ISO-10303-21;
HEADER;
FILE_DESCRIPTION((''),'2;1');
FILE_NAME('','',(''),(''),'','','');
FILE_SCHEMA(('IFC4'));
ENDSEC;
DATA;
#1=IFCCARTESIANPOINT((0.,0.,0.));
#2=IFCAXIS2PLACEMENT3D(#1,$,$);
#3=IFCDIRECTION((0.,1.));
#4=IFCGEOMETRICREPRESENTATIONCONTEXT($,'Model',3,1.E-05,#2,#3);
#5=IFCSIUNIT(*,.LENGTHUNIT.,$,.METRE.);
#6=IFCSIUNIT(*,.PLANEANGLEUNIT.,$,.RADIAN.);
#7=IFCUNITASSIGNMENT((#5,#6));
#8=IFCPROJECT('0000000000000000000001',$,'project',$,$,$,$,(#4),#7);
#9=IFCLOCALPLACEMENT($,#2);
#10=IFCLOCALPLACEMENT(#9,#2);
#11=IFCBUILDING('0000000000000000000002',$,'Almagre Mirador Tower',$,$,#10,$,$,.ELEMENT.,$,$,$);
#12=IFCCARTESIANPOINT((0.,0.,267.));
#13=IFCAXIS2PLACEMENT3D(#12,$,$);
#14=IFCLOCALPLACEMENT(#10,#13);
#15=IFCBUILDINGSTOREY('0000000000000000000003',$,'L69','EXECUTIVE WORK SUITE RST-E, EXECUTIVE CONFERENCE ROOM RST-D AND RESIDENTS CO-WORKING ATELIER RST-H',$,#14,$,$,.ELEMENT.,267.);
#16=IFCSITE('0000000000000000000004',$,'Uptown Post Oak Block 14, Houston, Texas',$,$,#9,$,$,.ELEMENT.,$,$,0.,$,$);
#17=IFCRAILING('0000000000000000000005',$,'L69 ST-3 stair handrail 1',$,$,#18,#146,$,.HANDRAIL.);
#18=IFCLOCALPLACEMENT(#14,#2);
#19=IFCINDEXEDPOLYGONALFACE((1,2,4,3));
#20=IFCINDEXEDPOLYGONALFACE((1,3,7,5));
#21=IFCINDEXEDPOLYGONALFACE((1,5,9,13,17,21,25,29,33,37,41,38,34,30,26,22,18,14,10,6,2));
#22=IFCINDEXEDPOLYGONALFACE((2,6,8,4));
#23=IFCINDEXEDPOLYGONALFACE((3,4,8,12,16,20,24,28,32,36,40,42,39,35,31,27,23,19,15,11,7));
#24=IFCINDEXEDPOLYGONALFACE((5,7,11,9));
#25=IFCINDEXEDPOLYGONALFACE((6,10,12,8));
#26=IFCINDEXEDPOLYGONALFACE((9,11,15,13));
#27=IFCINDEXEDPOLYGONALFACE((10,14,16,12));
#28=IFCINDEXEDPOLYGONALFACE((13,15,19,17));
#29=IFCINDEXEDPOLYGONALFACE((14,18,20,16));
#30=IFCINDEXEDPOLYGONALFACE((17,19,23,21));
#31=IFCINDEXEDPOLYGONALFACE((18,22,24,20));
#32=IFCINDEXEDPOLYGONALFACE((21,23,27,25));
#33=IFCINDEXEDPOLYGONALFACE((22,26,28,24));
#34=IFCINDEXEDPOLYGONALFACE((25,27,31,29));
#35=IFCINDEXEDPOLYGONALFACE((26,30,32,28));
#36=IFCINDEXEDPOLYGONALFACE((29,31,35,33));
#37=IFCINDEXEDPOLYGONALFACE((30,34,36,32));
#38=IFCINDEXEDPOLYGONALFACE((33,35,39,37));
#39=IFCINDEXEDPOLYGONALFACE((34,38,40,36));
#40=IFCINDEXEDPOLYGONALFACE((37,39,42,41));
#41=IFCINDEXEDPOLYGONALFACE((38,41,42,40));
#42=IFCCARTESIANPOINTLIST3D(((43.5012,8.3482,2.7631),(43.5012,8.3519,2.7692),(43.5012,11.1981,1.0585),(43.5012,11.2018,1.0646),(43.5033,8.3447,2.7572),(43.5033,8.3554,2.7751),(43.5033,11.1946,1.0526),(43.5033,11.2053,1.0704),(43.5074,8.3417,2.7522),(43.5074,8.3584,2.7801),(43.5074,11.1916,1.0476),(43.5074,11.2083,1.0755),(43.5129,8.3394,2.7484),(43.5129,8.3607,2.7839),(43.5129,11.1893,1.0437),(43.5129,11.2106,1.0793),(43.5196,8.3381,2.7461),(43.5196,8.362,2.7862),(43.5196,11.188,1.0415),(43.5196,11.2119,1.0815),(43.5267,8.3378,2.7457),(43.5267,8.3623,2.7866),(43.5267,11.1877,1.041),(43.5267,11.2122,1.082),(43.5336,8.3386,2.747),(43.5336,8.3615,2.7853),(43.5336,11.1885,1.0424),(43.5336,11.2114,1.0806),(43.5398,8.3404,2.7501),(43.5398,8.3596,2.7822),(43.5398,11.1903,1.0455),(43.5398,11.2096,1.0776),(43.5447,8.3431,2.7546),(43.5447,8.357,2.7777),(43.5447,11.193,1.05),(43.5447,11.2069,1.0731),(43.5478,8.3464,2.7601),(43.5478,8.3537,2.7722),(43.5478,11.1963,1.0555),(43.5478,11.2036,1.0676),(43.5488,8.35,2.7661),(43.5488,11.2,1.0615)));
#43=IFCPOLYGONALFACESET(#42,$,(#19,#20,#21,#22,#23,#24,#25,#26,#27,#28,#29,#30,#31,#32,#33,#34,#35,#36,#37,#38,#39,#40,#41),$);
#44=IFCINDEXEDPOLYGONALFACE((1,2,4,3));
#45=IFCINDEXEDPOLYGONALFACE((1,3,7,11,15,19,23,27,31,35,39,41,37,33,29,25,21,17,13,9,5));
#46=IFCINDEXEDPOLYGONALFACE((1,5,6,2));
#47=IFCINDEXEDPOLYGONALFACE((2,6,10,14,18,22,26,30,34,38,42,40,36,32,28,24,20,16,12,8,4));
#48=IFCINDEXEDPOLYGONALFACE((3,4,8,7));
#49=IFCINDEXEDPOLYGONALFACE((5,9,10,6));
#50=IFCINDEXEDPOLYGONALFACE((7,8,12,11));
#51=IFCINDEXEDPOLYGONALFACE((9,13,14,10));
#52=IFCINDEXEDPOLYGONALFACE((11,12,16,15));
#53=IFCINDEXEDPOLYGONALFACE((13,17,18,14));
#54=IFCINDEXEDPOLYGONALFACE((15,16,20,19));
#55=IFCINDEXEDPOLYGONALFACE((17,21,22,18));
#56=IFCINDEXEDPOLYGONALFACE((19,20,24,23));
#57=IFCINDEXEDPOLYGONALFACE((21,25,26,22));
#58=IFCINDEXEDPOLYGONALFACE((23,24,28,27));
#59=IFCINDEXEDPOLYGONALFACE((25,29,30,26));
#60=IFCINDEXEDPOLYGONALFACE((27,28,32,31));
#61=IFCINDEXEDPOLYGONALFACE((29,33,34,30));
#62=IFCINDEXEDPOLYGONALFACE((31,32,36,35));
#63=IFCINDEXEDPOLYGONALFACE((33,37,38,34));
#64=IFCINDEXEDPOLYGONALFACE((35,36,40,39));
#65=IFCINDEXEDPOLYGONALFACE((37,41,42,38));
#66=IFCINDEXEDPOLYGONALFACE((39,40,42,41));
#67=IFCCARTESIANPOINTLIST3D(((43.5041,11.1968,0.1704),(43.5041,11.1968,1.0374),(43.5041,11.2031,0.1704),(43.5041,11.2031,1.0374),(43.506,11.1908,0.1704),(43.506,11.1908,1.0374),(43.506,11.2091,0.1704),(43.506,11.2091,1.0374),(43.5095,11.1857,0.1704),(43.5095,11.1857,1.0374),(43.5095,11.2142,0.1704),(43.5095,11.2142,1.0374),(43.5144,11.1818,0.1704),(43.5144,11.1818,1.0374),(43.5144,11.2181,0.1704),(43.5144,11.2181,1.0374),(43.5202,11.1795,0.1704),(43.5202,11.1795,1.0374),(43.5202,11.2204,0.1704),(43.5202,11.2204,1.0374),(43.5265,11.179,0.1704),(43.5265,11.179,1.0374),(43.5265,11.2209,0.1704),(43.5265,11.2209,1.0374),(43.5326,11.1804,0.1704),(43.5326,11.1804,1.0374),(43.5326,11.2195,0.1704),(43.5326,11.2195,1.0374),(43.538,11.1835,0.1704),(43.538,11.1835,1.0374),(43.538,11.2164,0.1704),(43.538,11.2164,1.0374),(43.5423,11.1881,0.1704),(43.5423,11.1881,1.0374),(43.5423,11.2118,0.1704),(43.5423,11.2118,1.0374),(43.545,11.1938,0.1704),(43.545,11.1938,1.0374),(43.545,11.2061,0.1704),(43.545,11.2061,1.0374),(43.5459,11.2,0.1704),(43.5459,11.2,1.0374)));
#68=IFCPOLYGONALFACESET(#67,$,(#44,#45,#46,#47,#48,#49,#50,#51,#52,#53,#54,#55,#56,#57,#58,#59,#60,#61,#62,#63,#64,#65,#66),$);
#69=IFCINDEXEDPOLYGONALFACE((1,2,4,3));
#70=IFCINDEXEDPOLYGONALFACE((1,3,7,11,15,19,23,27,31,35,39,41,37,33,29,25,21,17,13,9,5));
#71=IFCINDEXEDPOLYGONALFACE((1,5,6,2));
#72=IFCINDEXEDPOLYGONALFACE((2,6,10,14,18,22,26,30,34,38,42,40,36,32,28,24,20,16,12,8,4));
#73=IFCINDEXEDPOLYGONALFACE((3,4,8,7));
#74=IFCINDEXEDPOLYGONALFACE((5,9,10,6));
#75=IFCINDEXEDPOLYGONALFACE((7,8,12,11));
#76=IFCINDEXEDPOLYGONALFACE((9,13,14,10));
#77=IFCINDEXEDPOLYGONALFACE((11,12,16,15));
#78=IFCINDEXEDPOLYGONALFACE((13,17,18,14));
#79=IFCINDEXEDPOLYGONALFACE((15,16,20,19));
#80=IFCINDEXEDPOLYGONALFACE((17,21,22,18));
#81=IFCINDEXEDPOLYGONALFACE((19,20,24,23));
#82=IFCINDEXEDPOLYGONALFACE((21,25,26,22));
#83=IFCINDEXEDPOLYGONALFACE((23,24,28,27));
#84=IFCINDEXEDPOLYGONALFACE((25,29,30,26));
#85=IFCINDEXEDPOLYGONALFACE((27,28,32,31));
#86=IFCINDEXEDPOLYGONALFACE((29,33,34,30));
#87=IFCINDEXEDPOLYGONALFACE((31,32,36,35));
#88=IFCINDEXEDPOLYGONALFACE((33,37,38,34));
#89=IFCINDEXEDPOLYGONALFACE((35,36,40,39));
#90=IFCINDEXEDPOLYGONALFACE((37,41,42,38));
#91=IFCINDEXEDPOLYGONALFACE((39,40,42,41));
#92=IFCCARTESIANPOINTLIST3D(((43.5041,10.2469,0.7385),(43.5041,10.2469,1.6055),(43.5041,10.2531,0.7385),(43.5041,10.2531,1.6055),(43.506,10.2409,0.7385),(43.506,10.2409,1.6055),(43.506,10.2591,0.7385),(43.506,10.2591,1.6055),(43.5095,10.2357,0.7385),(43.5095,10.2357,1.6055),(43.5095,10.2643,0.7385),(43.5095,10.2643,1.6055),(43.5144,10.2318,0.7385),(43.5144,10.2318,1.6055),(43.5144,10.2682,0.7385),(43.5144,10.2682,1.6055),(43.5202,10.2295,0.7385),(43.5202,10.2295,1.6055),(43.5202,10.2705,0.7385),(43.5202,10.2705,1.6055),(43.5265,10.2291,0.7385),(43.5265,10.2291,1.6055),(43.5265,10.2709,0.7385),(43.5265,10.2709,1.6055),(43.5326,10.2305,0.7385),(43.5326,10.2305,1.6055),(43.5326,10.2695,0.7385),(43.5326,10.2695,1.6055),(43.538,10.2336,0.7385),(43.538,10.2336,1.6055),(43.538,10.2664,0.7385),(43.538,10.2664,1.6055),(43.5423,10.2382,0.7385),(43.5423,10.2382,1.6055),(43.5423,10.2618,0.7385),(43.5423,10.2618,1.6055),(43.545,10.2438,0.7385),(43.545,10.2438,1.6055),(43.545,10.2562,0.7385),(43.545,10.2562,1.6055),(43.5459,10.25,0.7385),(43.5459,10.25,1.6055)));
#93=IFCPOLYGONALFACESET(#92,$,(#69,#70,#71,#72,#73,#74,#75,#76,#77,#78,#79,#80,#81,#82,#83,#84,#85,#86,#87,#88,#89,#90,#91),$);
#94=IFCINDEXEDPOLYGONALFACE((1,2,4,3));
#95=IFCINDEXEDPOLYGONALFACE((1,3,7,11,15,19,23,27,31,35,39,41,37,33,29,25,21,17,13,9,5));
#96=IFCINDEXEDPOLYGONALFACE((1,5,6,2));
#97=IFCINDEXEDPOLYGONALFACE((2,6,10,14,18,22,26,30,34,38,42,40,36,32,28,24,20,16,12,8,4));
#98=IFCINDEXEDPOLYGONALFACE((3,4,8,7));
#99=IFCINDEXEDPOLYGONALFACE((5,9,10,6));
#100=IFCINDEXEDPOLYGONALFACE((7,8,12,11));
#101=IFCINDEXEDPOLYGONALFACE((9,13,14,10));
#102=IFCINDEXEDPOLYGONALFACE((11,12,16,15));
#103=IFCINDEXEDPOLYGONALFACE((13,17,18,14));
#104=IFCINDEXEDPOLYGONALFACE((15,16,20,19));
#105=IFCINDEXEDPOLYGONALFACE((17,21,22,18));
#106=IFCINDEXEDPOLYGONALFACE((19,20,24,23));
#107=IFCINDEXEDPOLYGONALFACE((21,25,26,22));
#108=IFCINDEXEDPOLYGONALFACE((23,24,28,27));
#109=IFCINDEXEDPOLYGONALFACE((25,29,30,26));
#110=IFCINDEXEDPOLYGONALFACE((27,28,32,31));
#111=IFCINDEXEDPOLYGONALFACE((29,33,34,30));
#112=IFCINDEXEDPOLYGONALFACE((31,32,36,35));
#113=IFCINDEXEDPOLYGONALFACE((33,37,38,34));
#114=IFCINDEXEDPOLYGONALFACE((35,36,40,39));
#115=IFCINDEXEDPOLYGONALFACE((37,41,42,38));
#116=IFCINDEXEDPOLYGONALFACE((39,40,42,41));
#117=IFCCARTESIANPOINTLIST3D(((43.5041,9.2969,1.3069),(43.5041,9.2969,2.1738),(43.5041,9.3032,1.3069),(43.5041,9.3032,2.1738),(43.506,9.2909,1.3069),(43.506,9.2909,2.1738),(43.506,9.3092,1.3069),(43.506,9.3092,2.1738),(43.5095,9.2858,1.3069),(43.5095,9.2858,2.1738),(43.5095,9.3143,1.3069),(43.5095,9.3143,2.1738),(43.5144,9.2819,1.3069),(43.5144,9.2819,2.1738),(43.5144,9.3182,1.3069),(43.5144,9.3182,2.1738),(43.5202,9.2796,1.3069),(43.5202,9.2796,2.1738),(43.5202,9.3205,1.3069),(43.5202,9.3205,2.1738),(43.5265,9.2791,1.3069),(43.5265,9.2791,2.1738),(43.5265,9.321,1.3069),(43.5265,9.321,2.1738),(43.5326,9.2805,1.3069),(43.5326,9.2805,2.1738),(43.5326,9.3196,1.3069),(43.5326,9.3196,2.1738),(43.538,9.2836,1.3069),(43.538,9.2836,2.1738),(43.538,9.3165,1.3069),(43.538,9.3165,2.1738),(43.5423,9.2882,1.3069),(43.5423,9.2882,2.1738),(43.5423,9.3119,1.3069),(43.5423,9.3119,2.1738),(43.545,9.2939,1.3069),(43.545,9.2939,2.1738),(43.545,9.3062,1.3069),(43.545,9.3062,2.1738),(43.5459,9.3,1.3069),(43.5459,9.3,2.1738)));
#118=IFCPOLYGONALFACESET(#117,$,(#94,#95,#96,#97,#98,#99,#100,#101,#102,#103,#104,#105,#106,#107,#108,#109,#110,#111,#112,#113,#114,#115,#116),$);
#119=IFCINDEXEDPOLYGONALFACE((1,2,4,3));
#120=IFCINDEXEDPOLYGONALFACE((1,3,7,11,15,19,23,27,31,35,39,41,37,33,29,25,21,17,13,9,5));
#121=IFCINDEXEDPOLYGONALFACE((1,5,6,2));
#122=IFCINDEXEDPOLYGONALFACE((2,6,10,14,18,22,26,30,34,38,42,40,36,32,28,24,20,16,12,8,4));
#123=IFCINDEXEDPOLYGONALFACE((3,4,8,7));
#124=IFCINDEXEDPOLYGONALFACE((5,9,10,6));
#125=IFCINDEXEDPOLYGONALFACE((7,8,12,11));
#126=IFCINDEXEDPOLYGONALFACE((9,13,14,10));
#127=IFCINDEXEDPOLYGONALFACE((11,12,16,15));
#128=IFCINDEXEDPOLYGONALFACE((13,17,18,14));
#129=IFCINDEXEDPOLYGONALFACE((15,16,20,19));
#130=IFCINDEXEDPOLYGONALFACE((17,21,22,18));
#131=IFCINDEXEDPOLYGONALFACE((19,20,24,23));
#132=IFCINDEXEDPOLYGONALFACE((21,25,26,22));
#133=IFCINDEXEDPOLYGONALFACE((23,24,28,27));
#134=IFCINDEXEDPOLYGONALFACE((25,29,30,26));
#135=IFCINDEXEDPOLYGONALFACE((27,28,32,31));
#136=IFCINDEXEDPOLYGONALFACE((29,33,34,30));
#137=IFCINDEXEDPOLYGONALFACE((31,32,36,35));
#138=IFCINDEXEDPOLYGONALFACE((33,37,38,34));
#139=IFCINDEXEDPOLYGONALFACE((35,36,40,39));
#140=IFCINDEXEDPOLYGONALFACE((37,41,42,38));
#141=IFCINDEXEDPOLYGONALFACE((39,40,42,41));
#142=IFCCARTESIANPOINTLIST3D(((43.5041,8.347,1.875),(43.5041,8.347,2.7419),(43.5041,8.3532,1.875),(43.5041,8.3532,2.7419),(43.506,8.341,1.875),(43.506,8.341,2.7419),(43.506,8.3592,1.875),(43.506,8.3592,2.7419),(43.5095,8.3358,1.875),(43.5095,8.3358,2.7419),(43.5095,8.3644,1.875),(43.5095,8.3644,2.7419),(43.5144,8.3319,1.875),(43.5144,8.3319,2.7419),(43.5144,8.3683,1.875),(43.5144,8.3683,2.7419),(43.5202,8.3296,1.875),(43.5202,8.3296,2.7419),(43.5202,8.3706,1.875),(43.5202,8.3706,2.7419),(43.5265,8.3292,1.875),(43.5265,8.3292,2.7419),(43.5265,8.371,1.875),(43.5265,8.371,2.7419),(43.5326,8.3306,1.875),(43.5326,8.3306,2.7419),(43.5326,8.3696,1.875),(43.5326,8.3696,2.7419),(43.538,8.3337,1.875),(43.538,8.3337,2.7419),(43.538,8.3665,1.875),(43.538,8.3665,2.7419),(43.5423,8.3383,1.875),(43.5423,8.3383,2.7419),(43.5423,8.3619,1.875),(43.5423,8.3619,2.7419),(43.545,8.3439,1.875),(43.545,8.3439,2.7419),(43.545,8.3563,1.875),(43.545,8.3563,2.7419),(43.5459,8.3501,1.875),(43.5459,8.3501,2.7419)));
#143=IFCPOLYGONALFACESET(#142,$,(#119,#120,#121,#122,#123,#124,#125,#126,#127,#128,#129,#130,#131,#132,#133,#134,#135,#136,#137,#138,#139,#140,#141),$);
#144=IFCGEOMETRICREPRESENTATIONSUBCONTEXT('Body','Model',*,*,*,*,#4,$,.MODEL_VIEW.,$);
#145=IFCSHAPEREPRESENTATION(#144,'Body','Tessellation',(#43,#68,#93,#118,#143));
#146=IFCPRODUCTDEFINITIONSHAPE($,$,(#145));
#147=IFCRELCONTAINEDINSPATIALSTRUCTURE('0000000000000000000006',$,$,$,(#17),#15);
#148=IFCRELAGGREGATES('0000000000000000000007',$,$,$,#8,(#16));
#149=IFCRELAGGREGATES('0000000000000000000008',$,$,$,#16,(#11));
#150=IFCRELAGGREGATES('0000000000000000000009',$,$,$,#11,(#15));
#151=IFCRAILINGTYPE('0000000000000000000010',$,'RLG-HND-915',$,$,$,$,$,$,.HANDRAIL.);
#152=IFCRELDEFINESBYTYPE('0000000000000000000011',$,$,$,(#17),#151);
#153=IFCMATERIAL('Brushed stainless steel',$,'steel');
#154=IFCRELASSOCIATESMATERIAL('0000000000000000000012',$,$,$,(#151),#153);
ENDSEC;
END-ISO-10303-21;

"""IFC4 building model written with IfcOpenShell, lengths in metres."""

from ifc_helpers import new_model, si_unit, direction, frame, origin, origin_2d, place, context, subcontext, project, spatial, circle, extrude, material, type_object, element, save


model = new_model("IFC4")

# Units and contexts
model_context = context("Model", 3, precision=1e-05, world=origin(), true_north=direction((0.0, 1.0)))
body_context = subcontext(model_context, "Body", "Model", "MODEL_VIEW")
ifc_project = project(units=[si_unit("LENGTHUNIT", "METRE"), si_unit("PLANEANGLEUNIT", "RADIAN")], contexts=[model_context])

# Site, building, storey
site_placement = place(None, origin())
site = spatial("IfcSite", under=ifc_project, at=site_placement, Name="Uptown Post Oak Block 14, Houston, Texas", CompositionType="ELEMENT", RefElevation=0.0)
building_placement = place(site_placement, origin())
building = spatial("IfcBuilding", under=site, at=building_placement, Name="Almagre Mirador Tower", CompositionType="ELEMENT")
storey_placement = place(building_placement, frame((0.0, 0.0, 267.0)))
storey = spatial("IfcBuildingStorey", under=building, at=storey_placement, Name="L69", Description="EXECUTIVE WORK SUITE RST-E, EXECUTIVE CONFERENCE ROOM RST-D AND RESIDENTS CO-WORKING ATELIER RST-H", CompositionType="ELEMENT", Elevation=267.0)

# Railing
ifc_material_1 = material(Name="Brushed stainless steel", Category="steel")
railing_type_1 = type_object("IfcRailingType", Name="RLG-HND-915", PredefinedType="HANDRAIL", material=ifc_material_1)
railing_1_placement = place(storey_placement, frame((43.5249, 11.2, 0.1704)))
element("IfcRailing", 1, at=railing_1_placement, inside=storey, type_object=railing_type_1, Name="L69 ST-3 stair handrail 1", PredefinedType="HANDRAIL", context=body_context, shape_type="SweptSolid", body=[
    extrude(circle(Radius=0.0239, at=origin_2d()), frame((0.0, 0.0, 0.8911), z_axis=(0.0, -0.858199, 0.513317), x_axis=(1.0, 0.0, 0.0)), (0.0, 0.0, 1.0), 3.3208),
    extrude(circle(Radius=0.021, at=origin_2d()), origin(), (0.0, 0.0, 1.0), 0.8669),
    extrude(circle(Radius=0.021, at=origin_2d()), frame((0.0, -0.95, 0.5681)), (0.0, 0.0, 1.0), 0.8669),
    extrude(circle(Radius=0.021, at=origin_2d()), frame((0.0, -1.8999, 1.1365)), (0.0, 0.0, 1.0), 0.8669),
    extrude(circle(Radius=0.021, at=origin_2d()), frame((0.0, -2.8499, 1.7046)), (0.0, 0.0, 1.0), 0.8669),
])

save(model, "model.ifc")
